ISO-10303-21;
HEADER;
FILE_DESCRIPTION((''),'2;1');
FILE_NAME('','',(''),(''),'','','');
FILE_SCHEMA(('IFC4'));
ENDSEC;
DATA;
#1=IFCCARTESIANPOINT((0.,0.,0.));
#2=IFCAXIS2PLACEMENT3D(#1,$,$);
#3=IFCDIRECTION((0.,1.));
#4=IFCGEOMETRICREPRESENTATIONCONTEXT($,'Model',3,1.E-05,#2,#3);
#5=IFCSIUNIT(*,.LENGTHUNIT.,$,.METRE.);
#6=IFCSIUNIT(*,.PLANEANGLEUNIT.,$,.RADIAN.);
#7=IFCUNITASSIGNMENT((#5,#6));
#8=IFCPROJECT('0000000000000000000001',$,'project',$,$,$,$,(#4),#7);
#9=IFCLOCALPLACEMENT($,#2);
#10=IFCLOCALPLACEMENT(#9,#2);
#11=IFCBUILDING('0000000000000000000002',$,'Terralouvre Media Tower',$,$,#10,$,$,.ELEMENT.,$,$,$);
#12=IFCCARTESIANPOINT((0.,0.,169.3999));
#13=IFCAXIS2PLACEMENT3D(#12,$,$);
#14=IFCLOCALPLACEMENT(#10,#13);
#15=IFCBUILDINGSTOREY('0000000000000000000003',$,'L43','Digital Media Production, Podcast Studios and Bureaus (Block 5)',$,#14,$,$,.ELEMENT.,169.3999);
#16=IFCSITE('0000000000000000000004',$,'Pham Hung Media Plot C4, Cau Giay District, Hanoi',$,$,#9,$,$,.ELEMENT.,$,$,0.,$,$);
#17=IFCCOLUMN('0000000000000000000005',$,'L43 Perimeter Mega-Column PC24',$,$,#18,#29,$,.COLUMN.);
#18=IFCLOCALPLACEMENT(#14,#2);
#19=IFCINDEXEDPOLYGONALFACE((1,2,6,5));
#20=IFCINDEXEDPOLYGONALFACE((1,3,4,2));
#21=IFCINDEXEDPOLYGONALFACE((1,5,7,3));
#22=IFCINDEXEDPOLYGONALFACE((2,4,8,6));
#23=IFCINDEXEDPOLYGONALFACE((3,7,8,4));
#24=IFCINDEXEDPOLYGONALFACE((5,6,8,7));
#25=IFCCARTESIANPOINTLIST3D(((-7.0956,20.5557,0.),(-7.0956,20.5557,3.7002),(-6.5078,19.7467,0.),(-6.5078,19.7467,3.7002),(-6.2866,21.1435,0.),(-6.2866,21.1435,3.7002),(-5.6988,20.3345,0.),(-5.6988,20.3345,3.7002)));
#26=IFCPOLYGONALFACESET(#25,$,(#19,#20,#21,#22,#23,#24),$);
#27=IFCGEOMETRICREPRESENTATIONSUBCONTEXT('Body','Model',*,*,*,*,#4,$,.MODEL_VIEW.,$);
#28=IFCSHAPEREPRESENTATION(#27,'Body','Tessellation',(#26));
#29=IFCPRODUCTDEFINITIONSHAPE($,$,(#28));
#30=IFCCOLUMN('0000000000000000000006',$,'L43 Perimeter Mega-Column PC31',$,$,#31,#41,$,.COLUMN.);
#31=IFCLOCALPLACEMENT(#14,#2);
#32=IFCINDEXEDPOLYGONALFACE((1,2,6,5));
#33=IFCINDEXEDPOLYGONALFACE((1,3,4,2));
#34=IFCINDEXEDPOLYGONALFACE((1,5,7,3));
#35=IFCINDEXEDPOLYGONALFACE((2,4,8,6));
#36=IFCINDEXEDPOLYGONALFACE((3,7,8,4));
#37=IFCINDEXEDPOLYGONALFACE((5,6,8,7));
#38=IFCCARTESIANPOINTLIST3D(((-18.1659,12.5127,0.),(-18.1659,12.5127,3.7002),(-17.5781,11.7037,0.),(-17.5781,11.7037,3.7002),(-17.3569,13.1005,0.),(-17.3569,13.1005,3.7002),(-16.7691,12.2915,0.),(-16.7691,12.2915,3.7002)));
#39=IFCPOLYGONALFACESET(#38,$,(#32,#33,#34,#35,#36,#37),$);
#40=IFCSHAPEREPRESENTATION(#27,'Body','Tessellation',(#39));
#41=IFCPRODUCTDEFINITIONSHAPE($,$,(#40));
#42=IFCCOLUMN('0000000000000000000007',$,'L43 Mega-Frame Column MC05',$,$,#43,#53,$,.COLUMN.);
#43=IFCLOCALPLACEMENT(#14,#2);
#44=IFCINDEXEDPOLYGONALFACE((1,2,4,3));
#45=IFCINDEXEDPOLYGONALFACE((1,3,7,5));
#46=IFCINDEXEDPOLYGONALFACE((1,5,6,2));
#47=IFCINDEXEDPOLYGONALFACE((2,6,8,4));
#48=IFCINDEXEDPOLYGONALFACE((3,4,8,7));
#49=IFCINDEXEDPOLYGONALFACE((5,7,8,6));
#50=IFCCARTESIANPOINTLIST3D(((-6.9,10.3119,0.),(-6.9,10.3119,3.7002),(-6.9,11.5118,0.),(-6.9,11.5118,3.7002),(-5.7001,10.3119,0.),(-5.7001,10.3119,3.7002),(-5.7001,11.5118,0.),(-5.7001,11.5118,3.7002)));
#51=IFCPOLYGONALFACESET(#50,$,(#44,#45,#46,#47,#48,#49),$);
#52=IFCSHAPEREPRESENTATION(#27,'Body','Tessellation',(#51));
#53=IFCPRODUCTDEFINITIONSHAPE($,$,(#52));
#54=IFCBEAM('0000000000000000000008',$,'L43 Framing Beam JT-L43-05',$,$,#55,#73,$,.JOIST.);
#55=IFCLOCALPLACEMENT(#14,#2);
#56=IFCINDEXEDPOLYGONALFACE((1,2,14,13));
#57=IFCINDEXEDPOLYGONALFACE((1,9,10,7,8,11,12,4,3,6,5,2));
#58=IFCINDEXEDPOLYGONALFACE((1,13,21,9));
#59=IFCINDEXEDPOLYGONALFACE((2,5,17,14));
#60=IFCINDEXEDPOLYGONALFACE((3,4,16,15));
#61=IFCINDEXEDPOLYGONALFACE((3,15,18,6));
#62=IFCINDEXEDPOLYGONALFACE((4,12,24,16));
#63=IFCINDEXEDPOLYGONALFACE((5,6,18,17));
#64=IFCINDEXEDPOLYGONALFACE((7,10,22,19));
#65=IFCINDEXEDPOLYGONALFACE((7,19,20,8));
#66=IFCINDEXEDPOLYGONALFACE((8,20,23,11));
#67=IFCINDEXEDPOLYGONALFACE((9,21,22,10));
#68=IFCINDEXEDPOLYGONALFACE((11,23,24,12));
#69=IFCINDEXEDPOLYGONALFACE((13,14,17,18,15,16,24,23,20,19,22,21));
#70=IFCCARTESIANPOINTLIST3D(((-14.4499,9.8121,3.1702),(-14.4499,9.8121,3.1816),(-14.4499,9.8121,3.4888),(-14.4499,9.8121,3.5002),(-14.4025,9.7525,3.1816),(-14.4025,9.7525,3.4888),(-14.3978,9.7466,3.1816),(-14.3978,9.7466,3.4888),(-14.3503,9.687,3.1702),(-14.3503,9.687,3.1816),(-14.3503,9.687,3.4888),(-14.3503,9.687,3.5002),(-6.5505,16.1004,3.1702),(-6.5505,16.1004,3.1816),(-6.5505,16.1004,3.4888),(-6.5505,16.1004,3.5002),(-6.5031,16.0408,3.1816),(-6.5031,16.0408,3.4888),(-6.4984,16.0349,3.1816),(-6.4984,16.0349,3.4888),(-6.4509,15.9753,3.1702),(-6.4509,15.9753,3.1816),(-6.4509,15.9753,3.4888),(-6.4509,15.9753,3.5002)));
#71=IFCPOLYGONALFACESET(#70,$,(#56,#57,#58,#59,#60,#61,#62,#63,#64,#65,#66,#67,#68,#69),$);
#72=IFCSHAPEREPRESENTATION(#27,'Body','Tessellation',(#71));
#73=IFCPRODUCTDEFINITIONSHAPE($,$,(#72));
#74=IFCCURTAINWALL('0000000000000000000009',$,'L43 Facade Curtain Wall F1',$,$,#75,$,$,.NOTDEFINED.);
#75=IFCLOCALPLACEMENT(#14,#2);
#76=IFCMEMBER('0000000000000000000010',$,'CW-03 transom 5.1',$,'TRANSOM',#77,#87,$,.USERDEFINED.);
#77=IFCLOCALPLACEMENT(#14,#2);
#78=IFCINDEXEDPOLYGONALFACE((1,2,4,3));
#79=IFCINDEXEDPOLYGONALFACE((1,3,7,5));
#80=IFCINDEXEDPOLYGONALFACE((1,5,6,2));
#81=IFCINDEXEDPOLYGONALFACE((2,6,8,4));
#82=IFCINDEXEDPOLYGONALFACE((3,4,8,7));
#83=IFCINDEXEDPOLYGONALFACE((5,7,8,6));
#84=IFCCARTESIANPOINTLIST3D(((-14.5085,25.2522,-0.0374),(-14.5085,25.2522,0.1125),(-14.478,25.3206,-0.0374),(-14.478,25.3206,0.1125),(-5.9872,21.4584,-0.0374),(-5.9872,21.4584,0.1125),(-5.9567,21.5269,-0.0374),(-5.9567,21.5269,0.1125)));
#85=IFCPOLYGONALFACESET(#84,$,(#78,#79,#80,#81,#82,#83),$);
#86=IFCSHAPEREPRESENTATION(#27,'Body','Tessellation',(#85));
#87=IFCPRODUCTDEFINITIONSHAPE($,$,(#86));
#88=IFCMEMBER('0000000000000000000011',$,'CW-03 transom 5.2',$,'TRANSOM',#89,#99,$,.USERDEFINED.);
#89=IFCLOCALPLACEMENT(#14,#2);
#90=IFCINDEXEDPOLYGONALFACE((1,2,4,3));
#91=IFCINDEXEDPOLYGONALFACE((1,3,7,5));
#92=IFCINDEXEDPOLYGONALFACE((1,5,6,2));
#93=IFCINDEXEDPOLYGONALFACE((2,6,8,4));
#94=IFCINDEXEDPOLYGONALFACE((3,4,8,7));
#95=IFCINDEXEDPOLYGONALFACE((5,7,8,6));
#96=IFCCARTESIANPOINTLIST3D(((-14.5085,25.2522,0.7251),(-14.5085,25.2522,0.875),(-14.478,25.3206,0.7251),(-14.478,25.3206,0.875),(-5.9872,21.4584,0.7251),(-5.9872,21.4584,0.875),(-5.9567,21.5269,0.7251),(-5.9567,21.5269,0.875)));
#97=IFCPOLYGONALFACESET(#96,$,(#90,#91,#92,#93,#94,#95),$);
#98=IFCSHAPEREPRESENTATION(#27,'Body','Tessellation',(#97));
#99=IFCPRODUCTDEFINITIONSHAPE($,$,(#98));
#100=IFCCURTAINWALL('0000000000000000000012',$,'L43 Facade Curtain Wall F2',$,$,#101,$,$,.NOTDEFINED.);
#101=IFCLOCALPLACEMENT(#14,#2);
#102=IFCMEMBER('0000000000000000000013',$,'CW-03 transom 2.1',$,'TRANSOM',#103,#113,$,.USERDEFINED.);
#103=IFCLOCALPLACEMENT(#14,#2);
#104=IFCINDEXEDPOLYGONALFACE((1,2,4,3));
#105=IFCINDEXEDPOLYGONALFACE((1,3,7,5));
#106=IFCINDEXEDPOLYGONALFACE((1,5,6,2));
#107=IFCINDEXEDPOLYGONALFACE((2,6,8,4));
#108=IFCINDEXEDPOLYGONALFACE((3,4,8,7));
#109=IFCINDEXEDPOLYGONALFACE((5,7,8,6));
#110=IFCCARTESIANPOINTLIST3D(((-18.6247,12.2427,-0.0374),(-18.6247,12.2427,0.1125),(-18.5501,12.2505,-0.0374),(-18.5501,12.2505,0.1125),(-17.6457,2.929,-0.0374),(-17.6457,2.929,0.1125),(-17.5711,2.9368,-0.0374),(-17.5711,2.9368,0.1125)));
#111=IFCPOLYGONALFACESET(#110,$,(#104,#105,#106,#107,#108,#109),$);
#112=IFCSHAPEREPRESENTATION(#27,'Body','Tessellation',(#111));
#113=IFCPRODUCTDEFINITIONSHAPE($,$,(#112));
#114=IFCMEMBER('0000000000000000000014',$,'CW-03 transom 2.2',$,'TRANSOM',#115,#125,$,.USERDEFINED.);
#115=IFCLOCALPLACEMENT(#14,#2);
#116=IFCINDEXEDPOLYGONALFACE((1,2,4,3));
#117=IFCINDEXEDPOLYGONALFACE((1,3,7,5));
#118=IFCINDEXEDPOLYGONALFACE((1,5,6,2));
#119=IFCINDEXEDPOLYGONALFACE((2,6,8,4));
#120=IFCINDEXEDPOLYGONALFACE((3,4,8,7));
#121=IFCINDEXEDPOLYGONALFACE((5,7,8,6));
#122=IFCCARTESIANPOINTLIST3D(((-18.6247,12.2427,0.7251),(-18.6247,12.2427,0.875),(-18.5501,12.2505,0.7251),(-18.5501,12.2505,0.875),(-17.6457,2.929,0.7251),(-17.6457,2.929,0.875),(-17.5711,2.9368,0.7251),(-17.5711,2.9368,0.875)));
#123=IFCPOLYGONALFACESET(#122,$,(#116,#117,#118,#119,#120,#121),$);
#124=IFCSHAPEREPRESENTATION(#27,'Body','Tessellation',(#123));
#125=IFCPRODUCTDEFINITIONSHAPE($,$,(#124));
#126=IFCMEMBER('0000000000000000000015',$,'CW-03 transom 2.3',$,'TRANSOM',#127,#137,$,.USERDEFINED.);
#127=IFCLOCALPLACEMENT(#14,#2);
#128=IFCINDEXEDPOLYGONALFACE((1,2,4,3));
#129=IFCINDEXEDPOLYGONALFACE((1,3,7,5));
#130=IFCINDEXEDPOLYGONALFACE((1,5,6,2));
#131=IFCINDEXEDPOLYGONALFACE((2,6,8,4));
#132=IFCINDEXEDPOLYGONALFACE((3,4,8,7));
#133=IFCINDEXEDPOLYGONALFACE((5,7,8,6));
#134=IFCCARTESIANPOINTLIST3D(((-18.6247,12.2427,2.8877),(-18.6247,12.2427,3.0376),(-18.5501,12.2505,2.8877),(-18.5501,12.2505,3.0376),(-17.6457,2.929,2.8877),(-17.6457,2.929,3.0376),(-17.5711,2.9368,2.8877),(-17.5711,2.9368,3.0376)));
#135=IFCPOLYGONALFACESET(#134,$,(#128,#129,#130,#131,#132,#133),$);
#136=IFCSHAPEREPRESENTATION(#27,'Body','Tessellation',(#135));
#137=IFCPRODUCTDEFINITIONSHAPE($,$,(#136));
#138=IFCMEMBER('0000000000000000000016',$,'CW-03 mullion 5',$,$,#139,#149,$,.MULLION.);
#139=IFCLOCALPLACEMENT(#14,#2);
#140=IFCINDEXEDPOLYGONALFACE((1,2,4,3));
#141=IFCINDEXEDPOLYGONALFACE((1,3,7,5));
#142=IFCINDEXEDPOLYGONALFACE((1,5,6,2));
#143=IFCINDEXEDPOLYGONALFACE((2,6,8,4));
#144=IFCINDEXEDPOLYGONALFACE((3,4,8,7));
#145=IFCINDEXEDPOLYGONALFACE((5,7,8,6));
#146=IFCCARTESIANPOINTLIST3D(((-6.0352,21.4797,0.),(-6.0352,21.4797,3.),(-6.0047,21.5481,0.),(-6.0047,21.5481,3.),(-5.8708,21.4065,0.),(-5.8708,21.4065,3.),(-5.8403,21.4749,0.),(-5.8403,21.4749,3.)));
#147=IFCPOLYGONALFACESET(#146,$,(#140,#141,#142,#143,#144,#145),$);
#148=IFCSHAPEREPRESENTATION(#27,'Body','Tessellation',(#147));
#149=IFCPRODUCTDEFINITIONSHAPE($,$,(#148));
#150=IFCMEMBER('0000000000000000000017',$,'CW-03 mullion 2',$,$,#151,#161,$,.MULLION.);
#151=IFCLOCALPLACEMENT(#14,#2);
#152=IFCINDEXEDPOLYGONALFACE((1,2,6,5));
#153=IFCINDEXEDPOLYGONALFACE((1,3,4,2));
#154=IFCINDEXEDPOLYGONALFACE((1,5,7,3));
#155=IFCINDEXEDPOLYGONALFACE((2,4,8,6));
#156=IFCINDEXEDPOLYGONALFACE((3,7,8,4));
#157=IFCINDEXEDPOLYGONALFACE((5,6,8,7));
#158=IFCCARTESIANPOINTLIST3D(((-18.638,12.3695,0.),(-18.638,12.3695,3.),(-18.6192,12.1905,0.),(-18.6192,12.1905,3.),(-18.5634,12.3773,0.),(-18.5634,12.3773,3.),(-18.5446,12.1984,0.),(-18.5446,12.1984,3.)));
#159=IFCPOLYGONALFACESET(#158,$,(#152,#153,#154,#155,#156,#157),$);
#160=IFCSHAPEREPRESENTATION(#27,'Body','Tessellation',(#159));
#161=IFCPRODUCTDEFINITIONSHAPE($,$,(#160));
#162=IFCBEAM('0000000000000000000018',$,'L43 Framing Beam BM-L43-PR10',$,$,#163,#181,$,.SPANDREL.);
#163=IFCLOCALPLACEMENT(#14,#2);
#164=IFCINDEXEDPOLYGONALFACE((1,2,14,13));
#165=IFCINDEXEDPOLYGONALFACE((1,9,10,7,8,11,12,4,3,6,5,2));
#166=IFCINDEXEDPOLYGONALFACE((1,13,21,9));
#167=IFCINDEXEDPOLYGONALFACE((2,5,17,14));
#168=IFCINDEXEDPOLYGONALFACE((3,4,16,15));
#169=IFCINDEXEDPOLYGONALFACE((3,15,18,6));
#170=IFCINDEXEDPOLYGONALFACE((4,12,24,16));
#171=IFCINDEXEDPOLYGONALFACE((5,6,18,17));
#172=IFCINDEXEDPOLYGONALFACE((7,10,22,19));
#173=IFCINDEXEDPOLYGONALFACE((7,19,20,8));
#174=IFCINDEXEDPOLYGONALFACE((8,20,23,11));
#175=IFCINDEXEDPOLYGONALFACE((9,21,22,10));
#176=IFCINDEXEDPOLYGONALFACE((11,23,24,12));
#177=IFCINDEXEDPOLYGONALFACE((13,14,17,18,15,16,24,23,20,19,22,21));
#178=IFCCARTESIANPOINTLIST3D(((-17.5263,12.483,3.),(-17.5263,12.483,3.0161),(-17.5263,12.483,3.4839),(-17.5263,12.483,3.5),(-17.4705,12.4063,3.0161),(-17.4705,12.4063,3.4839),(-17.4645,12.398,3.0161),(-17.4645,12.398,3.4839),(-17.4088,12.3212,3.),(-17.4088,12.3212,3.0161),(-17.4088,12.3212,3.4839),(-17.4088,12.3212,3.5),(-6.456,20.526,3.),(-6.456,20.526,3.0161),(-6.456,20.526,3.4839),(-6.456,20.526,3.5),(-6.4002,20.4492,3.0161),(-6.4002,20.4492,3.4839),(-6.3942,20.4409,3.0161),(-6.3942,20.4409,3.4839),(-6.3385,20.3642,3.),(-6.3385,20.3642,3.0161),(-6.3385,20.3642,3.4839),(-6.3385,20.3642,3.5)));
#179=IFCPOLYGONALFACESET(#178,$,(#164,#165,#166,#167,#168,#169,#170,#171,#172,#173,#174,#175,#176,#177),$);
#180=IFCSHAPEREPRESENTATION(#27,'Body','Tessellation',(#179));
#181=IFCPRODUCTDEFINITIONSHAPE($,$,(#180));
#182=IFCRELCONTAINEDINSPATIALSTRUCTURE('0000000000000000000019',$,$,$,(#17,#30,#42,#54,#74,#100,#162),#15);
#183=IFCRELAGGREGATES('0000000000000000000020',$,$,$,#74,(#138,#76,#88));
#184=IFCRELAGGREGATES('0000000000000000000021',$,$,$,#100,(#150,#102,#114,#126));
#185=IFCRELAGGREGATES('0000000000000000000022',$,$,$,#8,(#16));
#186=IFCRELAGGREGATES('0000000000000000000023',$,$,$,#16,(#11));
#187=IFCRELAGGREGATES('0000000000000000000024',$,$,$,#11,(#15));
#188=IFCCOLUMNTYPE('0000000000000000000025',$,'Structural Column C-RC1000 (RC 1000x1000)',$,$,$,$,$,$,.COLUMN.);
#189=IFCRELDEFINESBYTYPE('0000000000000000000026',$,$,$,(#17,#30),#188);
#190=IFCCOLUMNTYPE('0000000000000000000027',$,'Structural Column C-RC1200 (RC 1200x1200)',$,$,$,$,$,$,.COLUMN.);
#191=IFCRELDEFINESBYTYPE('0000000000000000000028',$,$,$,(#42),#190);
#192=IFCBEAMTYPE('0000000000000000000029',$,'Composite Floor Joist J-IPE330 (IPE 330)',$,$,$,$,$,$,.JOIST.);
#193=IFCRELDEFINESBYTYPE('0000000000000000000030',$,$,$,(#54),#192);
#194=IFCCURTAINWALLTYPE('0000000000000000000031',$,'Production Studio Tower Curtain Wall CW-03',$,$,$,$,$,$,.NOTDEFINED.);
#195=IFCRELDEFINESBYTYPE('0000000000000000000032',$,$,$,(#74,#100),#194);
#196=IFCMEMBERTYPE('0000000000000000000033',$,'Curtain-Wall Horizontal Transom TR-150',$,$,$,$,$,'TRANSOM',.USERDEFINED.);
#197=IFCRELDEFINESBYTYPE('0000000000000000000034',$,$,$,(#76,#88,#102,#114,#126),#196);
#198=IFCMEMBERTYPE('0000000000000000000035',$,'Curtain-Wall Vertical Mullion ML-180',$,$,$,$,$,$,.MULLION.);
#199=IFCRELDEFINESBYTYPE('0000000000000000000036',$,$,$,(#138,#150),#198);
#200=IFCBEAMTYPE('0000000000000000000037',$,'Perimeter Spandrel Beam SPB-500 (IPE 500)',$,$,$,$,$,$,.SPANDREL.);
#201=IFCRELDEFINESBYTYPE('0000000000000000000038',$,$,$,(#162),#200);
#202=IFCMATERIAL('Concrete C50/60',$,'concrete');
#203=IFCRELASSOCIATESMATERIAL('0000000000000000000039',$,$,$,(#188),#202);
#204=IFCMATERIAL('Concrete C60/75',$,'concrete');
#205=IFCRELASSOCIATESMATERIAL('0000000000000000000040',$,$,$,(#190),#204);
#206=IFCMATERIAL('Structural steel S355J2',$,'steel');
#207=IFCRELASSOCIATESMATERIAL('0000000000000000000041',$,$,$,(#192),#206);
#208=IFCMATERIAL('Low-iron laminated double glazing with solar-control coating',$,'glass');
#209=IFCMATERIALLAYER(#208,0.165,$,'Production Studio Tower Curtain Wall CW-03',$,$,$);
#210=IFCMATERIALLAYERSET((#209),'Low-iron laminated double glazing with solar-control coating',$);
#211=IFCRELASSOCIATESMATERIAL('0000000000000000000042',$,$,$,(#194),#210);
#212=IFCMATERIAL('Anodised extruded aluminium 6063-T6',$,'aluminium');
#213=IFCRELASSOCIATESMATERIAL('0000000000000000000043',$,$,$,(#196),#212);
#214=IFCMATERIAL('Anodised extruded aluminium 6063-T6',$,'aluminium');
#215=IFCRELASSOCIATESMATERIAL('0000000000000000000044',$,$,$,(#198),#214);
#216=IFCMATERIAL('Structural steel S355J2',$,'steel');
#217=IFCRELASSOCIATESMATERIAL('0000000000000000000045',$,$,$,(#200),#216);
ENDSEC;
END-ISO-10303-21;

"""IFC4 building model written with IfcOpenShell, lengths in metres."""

from ifc_helpers import new_model, si_unit, direction, frame, origin, origin_2d, place, context, subcontext, project, spatial, rectangle, i_section, extrude, material, layer, layer_set, material_profile, profile_set, type_object, element, aggregate, save


model = new_model("IFC4")

# Units and contexts
model_context = context("Model", 3, precision=1e-05, world=origin(), true_north=direction((0.0, 1.0)))
body_context = subcontext(model_context, "Body", "Model", "MODEL_VIEW")
ifc_project = project(units=[si_unit("LENGTHUNIT", "METRE"), si_unit("PLANEANGLEUNIT", "RADIAN")], contexts=[model_context])

# Site, building, storey
site_placement = place(None, origin())
site = spatial("IfcSite", under=ifc_project, at=site_placement, Name="Pham Hung Media Plot C4, Cau Giay District, Hanoi", CompositionType="ELEMENT", RefElevation=0.0)
building_placement = place(site_placement, origin())
building = spatial("IfcBuilding", under=site, at=building_placement, Name="Terralouvre Media Tower", CompositionType="ELEMENT")
storey_placement = place(building_placement, frame((0.0, 0.0, 169.3999)))
storey = spatial("IfcBuildingStorey", under=building, at=storey_placement, Name="L43", Description="Digital Media Production, Podcast Studios and Bureaus (Block 5)", CompositionType="ELEMENT", Elevation=169.3999)

# Columns
ifc_material_1 = material(Name="Concrete C50/60", Category="concrete")
ifc_material_profile_1 = material_profile(ifc_material_1, rectangle(XDim=1.0, YDim=1.0, at=origin_2d()), Name="RC 1000x1000")
ifc_profile_set_1 = profile_set([ifc_material_profile_1], Name="Concrete C50/60")
column_type_1 = type_object("IfcColumnType", Name="Structural Column C-RC1000 (RC 1000x1000)", PredefinedType="COLUMN", material=ifc_profile_set_1)
for number, where, z_axis, x_axis, name in (
    (1, (-6.3972, 20.4451, 0.0), (0.0, 0.0, 1.0), (0.809017, 0.587785, 0.0), "L43 Perimeter Mega-Column PC24"),
    (2, (-17.4675, 12.4021, 0.0), (0.0, 0.0, 1.0), (0.809017, 0.587785, 0.0), "L43 Perimeter Mega-Column PC31"),
):
    element("IfcColumn", number, at=place(storey_placement, frame(where, z_axis=z_axis, x_axis=x_axis)), inside=storey, type_object=column_type_1, Name=name, PredefinedType="COLUMN", context=body_context, shape_type="SweptSolid", body=[
        extrude(rectangle(XDim=1.0, YDim=1.0, at=origin_2d()), origin(), (0.0, 0.0, 1.0), 3.7002),
    ])
ifc_material_2 = material(Name="Concrete C60/75", Category="concrete")
ifc_material_profile_2 = material_profile(ifc_material_2, rectangle(XDim=1.2, YDim=1.2, at=origin_2d()), Name="RC 1200x1200")
ifc_profile_set_2 = profile_set([ifc_material_profile_2], Name="Concrete C60/75")
column_type_2 = type_object("IfcColumnType", Name="Structural Column C-RC1200 (RC 1200x1200)", PredefinedType="COLUMN", material=ifc_profile_set_2)
column_placement = place(storey_placement, frame((-6.3, 10.9119, 0.0), z_axis=(0.0, 0.0, 1.0), x_axis=(1.0, 0.0, 0.0)))
element("IfcColumn", 3, at=column_placement, inside=storey, type_object=column_type_2, Name="L43 Mega-Frame Column MC05", PredefinedType="COLUMN", context=body_context, shape_type="SweptSolid", body=[
    extrude(rectangle(XDim=1.2, YDim=1.2, at=origin_2d()), origin(), (0.0, 0.0, 1.0), 3.7002),
])

# Beam
ifc_material_3 = material(Name="Structural steel S355J2", Category="steel")
ifc_material_profile_3 = material_profile(ifc_material_3, i_section(OverallWidth=0.1599, OverallDepth=0.3301, WebThickness=0.0076, FlangeThickness=0.0115, at=origin_2d()), Name="IPE 330")
ifc_profile_set_3 = profile_set([ifc_material_profile_3], Name="Structural steel S355J2")
beam_type_1 = type_object("IfcBeamType", Name="Composite Floor Joist J-IPE330 (IPE 330)", PredefinedType="JOIST", material=ifc_profile_set_3)
beam_1_placement = place(storey_placement, frame((-6.5007, 16.0378, 3.3352), z_axis=(-0.782374, -0.622809, 0.0), x_axis=(0.622809, -0.782374, 0.0)))
element("IfcBeam", 4, at=beam_1_placement, inside=storey, type_object=beam_type_1, Name="L43 Framing Beam JT-L43-05", PredefinedType="JOIST", context=body_context, shape_type="SweptSolid", body=[
    extrude(i_section(OverallWidth=0.1599, OverallDepth=0.3301, WebThickness=0.0076, FlangeThickness=0.0115, at=origin_2d()), origin(), (0.0, 0.0, 1.0), 10.0967),
])

# Curtain walls, members
ifc_material_4 = material(Name="Low-iron laminated double glazing with solar-control coating", Category="glass")
ifc_layer_1 = layer(ifc_material_4, 0.165, Name="Production Studio Tower Curtain Wall CW-03")
ifc_layer_set_1 = layer_set([ifc_layer_1], Name="Low-iron laminated double glazing with solar-control coating")
curtain_wall_type = type_object("IfcCurtainWallType", Name="Production Studio Tower Curtain Wall CW-03", PredefinedType="NOTDEFINED", material=ifc_layer_set_1)
curtain_wall_1_placement = place(storey_placement, origin())
curtain_wall_1 = element("IfcCurtainWall", 5, at=curtain_wall_1_placement, inside=storey, type_object=curtain_wall_type, Name="L43 Facade Curtain Wall F1", PredefinedType="NOTDEFINED")
ifc_material_5 = material(Name="Anodised extruded aluminium 6063-T6", Category="aluminium")
ifc_material_profile_4 = material_profile(ifc_material_5, rectangle(XDim=0.075, YDim=0.1499, at=origin_2d()), Name="ALU 75x150")
ifc_profile_set_4 = profile_set([ifc_material_profile_4], Name="Anodised extruded aluminium 6063-T6")
member_type_1 = type_object("IfcMemberType", Name="Curtain-Wall Horizontal Transom TR-150", ElementType="TRANSOM", PredefinedType="USERDEFINED", material=ifc_profile_set_4)
member_1_placement = place(storey_placement, frame((-5.9719, 21.4927, 0.0376), z_axis=(-0.913553, 0.406719, 0.0), x_axis=(-0.406719, -0.913553, 0.0)))
member_1 = element("IfcMember", 6, at=member_1_placement, type_object=member_type_1, Name="CW-03 transom 5.1", ObjectType="TRANSOM", PredefinedType="USERDEFINED", context=body_context, shape_type="SweptSolid", body=[
    extrude(rectangle(XDim=0.075, YDim=0.1499, at=origin_2d()), origin(), (0.0, 0.0, 1.0), 9.3276),
])
member_2_placement = place(storey_placement, frame((-5.9719, 21.4927, 0.8), z_axis=(-0.913553, 0.406719, 0.0), x_axis=(-0.406719, -0.913553, 0.0)))
member_2 = element("IfcMember", 7, at=member_2_placement, type_object=member_type_1, Name="CW-03 transom 5.2", ObjectType="TRANSOM", PredefinedType="USERDEFINED", context=body_context, shape_type="SweptSolid", body=[
    extrude(rectangle(XDim=0.075, YDim=0.1499, at=origin_2d()), origin(), (0.0, 0.0, 1.0), 9.3276),
])
curtain_wall_2_placement = place(storey_placement, origin())
curtain_wall_2 = element("IfcCurtainWall", 8, at=curtain_wall_2_placement, inside=storey, type_object=curtain_wall_type, Name="L43 Facade Curtain Wall F2", PredefinedType="NOTDEFINED")
member_3_placement = place(storey_placement, frame((-18.5874, 12.2466, 0.0376), z_axis=(0.104538, -0.994521, 0.0), x_axis=(0.994521, 0.104538, 0.0)))
member_3 = element("IfcMember", 9, at=member_3_placement, type_object=member_type_1, Name="CW-03 transom 2.1", ObjectType="TRANSOM", PredefinedType="USERDEFINED", context=body_context, shape_type="SweptSolid", body=[
    extrude(rectangle(XDim=0.075, YDim=0.1499, at=origin_2d()), origin(), (0.0, 0.0, 1.0), 9.365),
])
member_4_placement = place(storey_placement, frame((-18.5874, 12.2466, 0.8), z_axis=(0.104538, -0.994521, 0.0), x_axis=(0.994521, 0.104538, 0.0)))
member_4 = element("IfcMember", 10, at=member_4_placement, type_object=member_type_1, Name="CW-03 transom 2.2", ObjectType="TRANSOM", PredefinedType="USERDEFINED", context=body_context, shape_type="SweptSolid", body=[
    extrude(rectangle(XDim=0.075, YDim=0.1499, at=origin_2d()), origin(), (0.0, 0.0, 1.0), 9.365),
])
member_5_placement = place(storey_placement, frame((-18.5874, 12.2466, 2.9626), z_axis=(0.104538, -0.994521, 0.0), x_axis=(0.994521, 0.104538, 0.0)))
member_5 = element("IfcMember", 11, at=member_5_placement, type_object=member_type_1, Name="CW-03 transom 2.3", ObjectType="TRANSOM", PredefinedType="USERDEFINED", context=body_context, shape_type="SweptSolid", body=[
    extrude(rectangle(XDim=0.075, YDim=0.1499, at=origin_2d()), origin(), (0.0, 0.0, 1.0), 9.365),
])

# Members
ifc_material_6 = material(Name="Anodised extruded aluminium 6063-T6", Category="aluminium")
ifc_material_profile_5 = material_profile(ifc_material_6, rectangle(XDim=0.075, YDim=0.1799, at=origin_2d()), Name="ALU 75x180")
ifc_profile_set_5 = profile_set([ifc_material_profile_5], Name="Anodised extruded aluminium 6063-T6")
member_type_2 = type_object("IfcMemberType", Name="Curtain-Wall Vertical Mullion ML-180", PredefinedType="MULLION", material=ifc_profile_set_5)
member_6_placement = place(storey_placement, frame((-5.9377, 21.4773, 0.0), z_axis=(0.0, 0.0, 1.0), x_axis=(-0.406737, -0.913545, 0.0)))
member_6 = element("IfcMember", 12, at=member_6_placement, type_object=member_type_2, Name="CW-03 mullion 5", PredefinedType="MULLION", context=body_context, shape_type="SweptSolid", body=[
    extrude(rectangle(XDim=0.075, YDim=0.1799, at=origin_2d()), origin(), (0.0, 0.0, 1.0), 3.0),
])
aggregate(curtain_wall_1, [member_6, member_1, member_2])
member_7_placement = place(storey_placement, frame((-18.5913, 12.2839, 0.0), z_axis=(0.0, 0.0, 1.0), x_axis=(0.994522, 0.104528, 0.0)))
member_7 = element("IfcMember", 13, at=member_7_placement, type_object=member_type_2, Name="CW-03 mullion 2", PredefinedType="MULLION", context=body_context, shape_type="SweptSolid", body=[
    extrude(rectangle(XDim=0.075, YDim=0.1799, at=origin_2d()), origin(), (0.0, 0.0, 1.0), 3.0),
])

# Beam
ifc_material_7 = material(Name="Structural steel S355J2", Category="steel")
ifc_material_profile_6 = material_profile(ifc_material_7, i_section(OverallWidth=0.2, OverallDepth=0.5, WebThickness=0.0103, FlangeThickness=0.0161, at=origin_2d()), Name="IPE 500")
ifc_profile_set_6 = profile_set([ifc_material_profile_6], Name="Structural steel S355J2")
beam_type_2 = type_object("IfcBeamType", Name="Perimeter Spandrel Beam SPB-500 (IPE 500)", PredefinedType="SPANDREL", material=ifc_profile_set_6)
beam_2_placement = place(storey_placement, frame((-6.3972, 20.4451, 3.25), z_axis=(-0.80902, -0.587781, 0.0), x_axis=(0.587781, -0.80902, 0.0)))
element("IfcBeam", 14, at=beam_2_placement, inside=storey, type_object=beam_type_2, Name="L43 Framing Beam BM-L43-PR10", PredefinedType="SPANDREL", context=body_context, shape_type="SweptSolid", body=[
    extrude(i_section(OverallWidth=0.2, OverallDepth=0.5, WebThickness=0.0103, FlangeThickness=0.0161, at=origin_2d()), origin(), (0.0, 0.0, 1.0), 13.6836),
])

aggregate(curtain_wall_2, [member_7, member_3, member_4, member_5])

save(model, "model.ifc")
